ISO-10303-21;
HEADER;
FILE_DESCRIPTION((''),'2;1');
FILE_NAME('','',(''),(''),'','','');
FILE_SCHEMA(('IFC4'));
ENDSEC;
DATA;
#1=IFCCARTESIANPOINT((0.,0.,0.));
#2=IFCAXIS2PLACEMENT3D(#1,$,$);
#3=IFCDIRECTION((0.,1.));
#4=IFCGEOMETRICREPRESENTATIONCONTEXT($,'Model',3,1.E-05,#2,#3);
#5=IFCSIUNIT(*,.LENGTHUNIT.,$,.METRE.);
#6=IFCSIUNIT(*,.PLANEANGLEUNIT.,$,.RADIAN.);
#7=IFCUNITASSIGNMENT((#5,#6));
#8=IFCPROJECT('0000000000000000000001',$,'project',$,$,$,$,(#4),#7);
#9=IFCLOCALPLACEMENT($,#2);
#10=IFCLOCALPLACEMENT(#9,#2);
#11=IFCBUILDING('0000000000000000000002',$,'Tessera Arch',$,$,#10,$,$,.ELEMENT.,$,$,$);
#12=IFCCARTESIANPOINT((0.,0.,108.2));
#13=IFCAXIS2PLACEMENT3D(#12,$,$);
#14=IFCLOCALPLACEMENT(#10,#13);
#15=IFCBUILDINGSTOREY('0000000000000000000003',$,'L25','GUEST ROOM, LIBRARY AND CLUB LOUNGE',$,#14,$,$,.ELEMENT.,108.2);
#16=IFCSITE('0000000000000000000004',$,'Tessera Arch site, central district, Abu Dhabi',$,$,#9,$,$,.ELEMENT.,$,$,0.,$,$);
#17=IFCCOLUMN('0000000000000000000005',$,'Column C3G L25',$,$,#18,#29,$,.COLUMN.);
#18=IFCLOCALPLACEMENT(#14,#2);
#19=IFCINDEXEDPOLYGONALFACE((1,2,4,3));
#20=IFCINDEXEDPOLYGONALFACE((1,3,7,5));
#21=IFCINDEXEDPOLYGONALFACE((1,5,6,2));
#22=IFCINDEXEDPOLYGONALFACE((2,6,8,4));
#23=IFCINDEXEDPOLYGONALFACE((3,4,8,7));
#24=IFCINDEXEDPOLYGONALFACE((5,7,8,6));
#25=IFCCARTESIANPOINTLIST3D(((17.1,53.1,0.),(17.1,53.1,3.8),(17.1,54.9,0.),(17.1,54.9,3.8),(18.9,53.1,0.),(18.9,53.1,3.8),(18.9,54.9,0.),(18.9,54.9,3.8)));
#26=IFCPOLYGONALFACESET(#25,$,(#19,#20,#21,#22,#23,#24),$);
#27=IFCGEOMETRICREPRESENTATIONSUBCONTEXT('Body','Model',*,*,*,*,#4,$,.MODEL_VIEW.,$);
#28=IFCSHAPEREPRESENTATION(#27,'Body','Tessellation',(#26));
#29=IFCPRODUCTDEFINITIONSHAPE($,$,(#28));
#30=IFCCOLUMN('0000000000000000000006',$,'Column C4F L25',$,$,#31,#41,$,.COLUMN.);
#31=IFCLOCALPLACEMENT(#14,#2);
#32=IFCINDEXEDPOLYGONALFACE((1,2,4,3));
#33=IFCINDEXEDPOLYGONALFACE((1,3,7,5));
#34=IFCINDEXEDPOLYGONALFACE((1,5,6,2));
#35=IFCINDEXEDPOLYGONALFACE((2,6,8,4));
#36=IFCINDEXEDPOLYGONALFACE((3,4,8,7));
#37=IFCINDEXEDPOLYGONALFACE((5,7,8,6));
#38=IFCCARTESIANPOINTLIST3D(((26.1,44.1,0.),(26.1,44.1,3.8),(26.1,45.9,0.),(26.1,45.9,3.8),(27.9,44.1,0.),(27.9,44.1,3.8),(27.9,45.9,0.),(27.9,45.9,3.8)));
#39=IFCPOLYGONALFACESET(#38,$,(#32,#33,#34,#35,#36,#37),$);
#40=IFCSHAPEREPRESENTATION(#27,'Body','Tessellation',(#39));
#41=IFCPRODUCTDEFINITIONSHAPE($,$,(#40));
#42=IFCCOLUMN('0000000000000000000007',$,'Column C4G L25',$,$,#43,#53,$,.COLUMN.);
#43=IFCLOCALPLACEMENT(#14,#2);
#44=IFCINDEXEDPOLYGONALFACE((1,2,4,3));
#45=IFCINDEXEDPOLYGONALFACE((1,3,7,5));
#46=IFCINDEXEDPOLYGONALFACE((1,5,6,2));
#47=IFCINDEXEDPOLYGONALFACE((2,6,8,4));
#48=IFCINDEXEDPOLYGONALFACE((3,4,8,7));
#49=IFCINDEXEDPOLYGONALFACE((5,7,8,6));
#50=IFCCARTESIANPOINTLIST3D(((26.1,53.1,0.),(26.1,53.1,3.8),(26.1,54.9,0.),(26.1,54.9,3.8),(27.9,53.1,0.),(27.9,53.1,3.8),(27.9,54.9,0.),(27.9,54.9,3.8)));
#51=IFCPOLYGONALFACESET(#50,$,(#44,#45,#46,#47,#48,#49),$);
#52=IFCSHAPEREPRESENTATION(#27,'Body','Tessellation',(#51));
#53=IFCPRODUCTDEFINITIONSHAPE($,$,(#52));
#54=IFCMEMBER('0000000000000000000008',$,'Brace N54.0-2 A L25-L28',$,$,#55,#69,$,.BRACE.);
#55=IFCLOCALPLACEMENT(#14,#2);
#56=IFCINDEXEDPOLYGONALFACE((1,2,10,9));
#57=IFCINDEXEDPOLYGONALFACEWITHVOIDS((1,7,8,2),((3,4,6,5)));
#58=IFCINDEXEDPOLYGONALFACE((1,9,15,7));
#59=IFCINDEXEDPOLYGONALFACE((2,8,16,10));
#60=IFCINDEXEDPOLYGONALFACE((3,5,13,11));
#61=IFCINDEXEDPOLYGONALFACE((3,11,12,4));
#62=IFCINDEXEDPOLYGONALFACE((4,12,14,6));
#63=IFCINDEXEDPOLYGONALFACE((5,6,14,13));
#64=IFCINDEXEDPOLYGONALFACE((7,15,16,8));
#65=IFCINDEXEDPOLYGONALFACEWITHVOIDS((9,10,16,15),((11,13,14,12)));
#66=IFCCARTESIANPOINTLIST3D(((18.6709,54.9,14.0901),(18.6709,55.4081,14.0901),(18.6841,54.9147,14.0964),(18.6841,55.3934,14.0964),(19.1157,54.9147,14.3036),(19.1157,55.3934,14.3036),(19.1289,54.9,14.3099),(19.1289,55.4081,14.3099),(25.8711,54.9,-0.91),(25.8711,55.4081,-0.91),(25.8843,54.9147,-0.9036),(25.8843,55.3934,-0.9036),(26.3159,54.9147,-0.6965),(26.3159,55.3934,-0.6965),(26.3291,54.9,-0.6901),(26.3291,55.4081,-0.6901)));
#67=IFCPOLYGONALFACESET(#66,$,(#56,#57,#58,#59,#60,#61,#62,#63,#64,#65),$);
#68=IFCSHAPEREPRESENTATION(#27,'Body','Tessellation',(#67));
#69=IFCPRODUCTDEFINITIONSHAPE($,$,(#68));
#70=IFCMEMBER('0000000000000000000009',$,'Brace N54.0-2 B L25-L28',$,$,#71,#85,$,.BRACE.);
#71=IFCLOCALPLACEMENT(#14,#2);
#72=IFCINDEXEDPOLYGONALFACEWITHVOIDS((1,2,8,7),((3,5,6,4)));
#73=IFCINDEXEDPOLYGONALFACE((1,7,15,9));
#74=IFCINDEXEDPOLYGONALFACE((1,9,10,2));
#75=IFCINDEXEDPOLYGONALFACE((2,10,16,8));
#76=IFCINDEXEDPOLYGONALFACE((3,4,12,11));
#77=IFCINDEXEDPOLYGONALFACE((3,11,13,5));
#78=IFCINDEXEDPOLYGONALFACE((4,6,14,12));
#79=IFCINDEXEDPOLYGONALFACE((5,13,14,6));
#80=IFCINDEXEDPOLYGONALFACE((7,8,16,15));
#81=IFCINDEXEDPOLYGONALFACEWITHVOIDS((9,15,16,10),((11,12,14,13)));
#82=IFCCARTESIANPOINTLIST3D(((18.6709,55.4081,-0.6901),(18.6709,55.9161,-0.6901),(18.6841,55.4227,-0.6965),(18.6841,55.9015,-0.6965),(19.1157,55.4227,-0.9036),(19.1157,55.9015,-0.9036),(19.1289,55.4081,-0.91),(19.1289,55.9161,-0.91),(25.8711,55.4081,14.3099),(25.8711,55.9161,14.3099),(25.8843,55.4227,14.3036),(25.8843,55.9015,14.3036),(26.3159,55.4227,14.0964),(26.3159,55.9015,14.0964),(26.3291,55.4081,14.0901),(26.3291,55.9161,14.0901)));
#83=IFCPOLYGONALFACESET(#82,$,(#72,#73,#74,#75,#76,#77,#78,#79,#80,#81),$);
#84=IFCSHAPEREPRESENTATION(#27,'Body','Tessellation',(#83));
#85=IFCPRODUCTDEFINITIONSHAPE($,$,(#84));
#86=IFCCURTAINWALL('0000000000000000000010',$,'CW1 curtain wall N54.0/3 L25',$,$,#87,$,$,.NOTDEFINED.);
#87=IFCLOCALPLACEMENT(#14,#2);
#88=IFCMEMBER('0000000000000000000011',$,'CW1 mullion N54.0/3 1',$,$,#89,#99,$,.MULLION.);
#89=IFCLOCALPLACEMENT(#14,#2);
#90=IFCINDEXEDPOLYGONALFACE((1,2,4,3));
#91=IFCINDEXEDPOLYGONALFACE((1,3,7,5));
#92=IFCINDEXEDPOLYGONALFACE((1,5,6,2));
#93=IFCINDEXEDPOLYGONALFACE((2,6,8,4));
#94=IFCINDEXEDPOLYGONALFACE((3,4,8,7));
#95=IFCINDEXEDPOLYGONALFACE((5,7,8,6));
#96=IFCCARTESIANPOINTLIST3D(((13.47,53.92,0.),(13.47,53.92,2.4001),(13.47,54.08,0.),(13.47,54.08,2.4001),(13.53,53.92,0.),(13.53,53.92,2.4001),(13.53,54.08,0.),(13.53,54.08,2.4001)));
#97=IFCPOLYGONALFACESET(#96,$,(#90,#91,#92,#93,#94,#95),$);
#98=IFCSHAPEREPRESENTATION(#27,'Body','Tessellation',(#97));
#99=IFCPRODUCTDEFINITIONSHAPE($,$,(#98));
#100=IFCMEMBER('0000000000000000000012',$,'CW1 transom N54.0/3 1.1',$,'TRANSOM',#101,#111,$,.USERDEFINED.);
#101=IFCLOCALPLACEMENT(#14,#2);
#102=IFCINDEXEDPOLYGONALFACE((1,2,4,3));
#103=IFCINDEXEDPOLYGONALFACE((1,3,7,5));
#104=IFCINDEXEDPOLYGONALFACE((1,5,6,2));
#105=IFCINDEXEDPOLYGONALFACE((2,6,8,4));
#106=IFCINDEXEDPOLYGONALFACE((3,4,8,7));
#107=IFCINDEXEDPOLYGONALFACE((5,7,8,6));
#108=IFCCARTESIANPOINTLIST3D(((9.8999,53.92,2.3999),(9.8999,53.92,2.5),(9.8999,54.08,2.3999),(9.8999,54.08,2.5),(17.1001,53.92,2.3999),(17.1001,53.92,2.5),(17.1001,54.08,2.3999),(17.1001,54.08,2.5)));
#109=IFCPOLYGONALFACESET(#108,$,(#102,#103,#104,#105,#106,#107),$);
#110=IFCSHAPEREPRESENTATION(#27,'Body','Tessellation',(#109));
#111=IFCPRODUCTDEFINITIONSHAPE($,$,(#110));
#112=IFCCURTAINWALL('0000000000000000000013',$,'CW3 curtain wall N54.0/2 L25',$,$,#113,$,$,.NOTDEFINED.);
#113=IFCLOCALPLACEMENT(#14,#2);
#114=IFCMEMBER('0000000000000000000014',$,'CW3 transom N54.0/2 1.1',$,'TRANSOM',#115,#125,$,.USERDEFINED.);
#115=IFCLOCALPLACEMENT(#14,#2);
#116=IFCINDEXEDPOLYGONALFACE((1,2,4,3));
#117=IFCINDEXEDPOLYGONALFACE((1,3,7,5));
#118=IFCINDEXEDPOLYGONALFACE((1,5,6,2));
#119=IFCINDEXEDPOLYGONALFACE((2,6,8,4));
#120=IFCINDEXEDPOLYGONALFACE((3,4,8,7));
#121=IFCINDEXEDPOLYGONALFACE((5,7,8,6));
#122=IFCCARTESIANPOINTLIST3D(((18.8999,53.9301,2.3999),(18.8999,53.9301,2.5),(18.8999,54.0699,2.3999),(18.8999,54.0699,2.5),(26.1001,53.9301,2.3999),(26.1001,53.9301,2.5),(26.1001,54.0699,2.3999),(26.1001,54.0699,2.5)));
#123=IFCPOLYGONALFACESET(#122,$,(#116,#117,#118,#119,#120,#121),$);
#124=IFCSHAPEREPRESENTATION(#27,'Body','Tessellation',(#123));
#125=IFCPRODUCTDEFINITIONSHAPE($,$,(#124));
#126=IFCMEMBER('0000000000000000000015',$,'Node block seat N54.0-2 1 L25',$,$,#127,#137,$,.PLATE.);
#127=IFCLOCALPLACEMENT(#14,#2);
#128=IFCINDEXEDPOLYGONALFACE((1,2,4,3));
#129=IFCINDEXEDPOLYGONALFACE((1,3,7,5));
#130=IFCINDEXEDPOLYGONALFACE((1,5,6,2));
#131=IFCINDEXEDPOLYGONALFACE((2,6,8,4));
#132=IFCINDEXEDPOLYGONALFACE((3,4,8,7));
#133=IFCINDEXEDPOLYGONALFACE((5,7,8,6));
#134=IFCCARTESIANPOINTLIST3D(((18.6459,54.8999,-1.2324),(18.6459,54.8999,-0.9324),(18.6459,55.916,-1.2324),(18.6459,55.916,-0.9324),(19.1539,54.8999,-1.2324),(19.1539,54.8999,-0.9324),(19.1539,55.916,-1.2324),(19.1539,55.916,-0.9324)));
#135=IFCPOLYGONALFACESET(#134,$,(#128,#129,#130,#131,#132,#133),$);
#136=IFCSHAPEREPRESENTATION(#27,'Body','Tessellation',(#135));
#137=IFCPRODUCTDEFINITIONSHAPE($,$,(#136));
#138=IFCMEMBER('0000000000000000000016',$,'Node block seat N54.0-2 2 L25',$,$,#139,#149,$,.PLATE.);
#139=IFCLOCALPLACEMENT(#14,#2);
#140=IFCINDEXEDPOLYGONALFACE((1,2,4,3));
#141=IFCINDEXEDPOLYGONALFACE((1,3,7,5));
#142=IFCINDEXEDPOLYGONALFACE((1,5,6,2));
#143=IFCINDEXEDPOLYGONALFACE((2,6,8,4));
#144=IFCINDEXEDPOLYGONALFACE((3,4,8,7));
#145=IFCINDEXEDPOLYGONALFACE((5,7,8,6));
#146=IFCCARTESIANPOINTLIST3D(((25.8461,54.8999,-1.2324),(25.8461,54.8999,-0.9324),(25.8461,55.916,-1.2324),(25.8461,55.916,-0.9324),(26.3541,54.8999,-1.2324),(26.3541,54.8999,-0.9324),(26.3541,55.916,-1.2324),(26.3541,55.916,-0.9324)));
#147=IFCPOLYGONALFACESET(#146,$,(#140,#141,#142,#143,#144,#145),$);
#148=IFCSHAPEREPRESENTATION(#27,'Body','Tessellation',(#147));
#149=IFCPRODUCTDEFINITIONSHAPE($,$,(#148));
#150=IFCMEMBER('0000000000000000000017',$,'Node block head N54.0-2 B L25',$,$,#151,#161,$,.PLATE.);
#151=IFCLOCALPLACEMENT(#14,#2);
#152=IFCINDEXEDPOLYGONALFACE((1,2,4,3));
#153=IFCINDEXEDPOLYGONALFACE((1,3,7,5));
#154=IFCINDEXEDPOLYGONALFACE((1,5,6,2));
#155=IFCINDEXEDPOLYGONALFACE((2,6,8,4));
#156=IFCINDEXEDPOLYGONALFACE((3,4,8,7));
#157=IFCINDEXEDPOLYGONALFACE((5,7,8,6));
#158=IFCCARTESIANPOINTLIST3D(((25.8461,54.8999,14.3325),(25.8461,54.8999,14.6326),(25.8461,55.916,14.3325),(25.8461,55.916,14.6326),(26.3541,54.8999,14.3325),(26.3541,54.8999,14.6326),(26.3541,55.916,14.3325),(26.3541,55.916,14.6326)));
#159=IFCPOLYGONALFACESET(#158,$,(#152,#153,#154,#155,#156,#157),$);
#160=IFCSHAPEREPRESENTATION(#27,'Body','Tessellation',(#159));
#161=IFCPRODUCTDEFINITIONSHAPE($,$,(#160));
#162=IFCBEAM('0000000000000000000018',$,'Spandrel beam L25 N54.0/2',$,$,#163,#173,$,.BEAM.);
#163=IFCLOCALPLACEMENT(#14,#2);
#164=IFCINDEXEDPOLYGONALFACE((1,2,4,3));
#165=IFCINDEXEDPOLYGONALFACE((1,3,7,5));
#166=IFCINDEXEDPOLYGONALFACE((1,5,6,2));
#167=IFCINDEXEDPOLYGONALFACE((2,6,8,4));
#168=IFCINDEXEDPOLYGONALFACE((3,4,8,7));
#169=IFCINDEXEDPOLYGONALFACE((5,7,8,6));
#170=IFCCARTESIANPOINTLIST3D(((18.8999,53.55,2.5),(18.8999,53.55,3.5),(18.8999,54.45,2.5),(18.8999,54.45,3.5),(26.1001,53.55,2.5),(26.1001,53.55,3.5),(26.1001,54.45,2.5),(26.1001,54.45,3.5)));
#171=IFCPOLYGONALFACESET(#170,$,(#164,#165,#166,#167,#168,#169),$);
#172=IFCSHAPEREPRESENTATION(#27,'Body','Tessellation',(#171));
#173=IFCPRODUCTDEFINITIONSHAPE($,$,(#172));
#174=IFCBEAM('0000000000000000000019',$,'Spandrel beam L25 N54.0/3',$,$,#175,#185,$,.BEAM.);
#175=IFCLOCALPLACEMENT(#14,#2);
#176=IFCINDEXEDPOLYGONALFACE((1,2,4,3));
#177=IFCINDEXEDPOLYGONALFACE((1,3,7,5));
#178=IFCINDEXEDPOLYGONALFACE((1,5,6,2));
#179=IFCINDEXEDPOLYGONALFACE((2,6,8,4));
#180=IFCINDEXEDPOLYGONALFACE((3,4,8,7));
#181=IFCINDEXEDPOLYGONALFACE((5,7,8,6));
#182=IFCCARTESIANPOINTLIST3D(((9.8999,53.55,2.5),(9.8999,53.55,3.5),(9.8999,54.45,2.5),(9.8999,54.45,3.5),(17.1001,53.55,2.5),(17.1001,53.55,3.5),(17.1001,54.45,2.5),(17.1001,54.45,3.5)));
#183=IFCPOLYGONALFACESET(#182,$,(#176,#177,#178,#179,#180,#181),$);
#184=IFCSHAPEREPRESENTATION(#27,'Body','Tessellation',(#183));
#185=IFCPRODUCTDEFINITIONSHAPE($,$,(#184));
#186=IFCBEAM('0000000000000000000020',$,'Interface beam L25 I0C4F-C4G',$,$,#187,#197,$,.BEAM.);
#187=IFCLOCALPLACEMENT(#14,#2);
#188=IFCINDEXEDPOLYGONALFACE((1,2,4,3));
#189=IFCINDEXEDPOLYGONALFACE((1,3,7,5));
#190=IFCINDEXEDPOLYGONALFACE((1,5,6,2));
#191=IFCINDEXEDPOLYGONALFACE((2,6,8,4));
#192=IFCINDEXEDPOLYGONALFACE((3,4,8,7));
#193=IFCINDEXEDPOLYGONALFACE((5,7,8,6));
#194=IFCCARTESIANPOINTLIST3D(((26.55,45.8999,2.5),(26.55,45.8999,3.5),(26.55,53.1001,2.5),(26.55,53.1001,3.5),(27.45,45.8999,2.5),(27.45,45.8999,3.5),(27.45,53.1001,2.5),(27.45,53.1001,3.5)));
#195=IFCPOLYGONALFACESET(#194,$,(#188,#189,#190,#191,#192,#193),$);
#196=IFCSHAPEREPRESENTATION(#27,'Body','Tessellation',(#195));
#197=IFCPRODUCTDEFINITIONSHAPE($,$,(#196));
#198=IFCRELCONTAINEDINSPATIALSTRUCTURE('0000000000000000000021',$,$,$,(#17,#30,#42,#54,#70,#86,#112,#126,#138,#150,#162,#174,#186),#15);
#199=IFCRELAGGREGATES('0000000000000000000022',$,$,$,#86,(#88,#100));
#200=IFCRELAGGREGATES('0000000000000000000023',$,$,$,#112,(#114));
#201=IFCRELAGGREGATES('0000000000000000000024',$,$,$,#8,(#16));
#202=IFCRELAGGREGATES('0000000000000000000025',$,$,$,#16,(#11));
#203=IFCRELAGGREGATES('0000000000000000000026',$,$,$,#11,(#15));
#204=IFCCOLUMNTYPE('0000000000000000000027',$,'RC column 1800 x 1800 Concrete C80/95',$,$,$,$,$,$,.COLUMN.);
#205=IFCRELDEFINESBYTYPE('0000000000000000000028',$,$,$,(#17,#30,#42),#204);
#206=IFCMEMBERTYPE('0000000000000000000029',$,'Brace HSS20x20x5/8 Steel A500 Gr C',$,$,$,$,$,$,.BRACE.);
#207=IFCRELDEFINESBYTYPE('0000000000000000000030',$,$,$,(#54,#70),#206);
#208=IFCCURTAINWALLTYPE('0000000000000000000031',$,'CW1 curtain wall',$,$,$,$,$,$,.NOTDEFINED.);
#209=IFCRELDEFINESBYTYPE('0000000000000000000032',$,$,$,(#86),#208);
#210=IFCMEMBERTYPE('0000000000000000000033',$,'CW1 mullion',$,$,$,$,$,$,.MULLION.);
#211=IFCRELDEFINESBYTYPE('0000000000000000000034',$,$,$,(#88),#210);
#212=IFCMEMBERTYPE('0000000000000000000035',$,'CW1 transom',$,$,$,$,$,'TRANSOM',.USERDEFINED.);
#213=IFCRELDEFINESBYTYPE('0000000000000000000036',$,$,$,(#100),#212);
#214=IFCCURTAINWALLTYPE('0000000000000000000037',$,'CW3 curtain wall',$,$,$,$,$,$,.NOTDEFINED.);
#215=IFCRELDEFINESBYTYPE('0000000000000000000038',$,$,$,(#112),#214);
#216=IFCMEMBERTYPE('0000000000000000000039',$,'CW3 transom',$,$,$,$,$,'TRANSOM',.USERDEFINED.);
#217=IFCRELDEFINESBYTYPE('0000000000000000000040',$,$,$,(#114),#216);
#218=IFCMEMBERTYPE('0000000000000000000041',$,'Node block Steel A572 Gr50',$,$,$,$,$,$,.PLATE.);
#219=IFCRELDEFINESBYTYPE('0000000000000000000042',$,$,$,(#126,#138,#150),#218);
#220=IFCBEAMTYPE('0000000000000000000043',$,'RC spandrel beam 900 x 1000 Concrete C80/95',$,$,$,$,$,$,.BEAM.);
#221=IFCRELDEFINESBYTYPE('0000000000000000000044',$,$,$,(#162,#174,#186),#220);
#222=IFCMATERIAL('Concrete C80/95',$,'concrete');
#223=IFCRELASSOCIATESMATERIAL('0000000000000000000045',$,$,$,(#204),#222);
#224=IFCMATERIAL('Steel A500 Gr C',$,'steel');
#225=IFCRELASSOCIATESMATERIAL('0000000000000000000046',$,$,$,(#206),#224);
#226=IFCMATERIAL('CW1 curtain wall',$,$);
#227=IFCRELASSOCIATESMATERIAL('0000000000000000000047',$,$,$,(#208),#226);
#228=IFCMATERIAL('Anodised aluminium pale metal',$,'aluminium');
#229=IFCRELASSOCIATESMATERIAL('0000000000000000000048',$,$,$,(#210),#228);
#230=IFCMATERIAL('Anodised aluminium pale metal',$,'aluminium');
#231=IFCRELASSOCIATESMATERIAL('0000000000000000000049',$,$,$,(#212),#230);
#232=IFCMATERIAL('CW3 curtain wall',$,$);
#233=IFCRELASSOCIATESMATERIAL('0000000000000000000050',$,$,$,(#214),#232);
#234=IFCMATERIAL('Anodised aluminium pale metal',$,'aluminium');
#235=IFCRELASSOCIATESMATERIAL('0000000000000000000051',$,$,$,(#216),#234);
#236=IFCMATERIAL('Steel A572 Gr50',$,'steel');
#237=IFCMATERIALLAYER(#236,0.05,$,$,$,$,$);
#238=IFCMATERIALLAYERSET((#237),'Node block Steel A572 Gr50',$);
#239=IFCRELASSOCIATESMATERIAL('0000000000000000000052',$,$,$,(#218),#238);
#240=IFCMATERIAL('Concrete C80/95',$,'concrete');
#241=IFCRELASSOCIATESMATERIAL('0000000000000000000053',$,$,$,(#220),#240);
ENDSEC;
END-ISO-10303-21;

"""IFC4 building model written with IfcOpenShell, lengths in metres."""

from ifc_helpers import new_model, si_unit, direction, frame, origin, origin_2d, place, context, subcontext, project, spatial, rectangle, hollow_rectangle, extrude, material, layer, layer_set, material_profile, profile_set, type_object, element, aggregate, save


model = new_model("IFC4")

# Units and contexts
model_context = context("Model", 3, precision=1e-05, world=origin(), true_north=direction((0.0, 1.0)))
body_context = subcontext(model_context, "Body", "Model", "MODEL_VIEW")
ifc_project = project(units=[si_unit("LENGTHUNIT", "METRE"), si_unit("PLANEANGLEUNIT", "RADIAN")], contexts=[model_context])

# Site, building, storey
site_placement = place(None, origin())
site = spatial("IfcSite", under=ifc_project, at=site_placement, Name="Tessera Arch site, central district, Abu Dhabi", CompositionType="ELEMENT", RefElevation=0.0)
building_placement = place(site_placement, origin())
building = spatial("IfcBuilding", under=site, at=building_placement, Name="Tessera Arch", CompositionType="ELEMENT")
storey_placement = place(building_placement, frame((0.0, 0.0, 108.2)))
storey = spatial("IfcBuildingStorey", under=building, at=storey_placement, Name="L25", Description="GUEST ROOM, LIBRARY AND CLUB LOUNGE", CompositionType="ELEMENT", Elevation=108.2)

# Columns
ifc_material_1 = material(Name="Concrete C80/95", Category="concrete")
ifc_material_profile_1 = material_profile(ifc_material_1, rectangle(XDim=1.8, YDim=1.8, at=origin_2d()), Name="RC column 1800 x 1800 Concrete C80/95")
ifc_profile_set_1 = profile_set([ifc_material_profile_1], Name="Concrete C80/95")
column_type = type_object("IfcColumnType", Name="RC column 1800 x 1800 Concrete C80/95", PredefinedType="COLUMN", material=ifc_profile_set_1)
for number, where, z_axis, x_axis, name in (
    (1, (18.0, 54.0, 0.0), (0.0, 0.0, 1.0), (1.0, 0.0, 0.0), "Column C3G L25"),
    (2, (27.0, 45.0, 0.0), (0.0, 0.0, 1.0), (1.0, 0.0, 0.0), "Column C4F L25"),
    (3, (27.0, 54.0, 0.0), (0.0, 0.0, 1.0), (1.0, 0.0, 0.0), "Column C4G L25"),
):
    element("IfcColumn", number, at=place(storey_placement, frame(where, z_axis=z_axis, x_axis=x_axis)), inside=storey, type_object=column_type, Name=name, PredefinedType="COLUMN", context=body_context, shape_type="SweptSolid", body=[
        extrude(rectangle(XDim=1.8, YDim=1.8, at=origin_2d()), origin(), (0.0, 0.0, 1.0), 3.8),
    ])

# Members
ifc_material_2 = material(Name="Steel A500 Gr C", Category="steel")
ifc_material_profile_2 = material_profile(ifc_material_2, hollow_rectangle(XDim=0.5081, YDim=0.5081, WallThickness=0.0146, at=origin_2d()), Name="HSS20x20x5/8")
ifc_profile_set_2 = profile_set([ifc_material_profile_2], Name="Steel A500 Gr C")
member_type_1 = type_object("IfcMemberType", Name="Brace HSS20x20x5/8 Steel A500 Gr C", PredefinedType="BRACE", material=ifc_profile_set_2)
for number, where, z_axis, x_axis, name in (
    (4, (26.1001, 55.1541, -0.8), (-0.432741, 0.0, 0.901518), (0.0, -1.0, 0.0), "Brace N54.0-2 A L25-L28"),
    (5, (18.8999, 55.6621, -0.8), (0.432741, 0.0, 0.901518), (0.0, 1.0, 0.0), "Brace N54.0-2 B L25-L28"),
):
    element("IfcMember", number, at=place(storey_placement, frame(where, z_axis=z_axis, x_axis=x_axis)), inside=storey, type_object=member_type_1, Name=name, PredefinedType="BRACE", context=body_context, shape_type="SweptSolid", body=[
        extrude(hollow_rectangle(XDim=0.5081, YDim=0.5081, WallThickness=0.0146, at=origin_2d()), origin(), (0.0, 0.0, 1.0), 16.6387),
    ])

# Curtain wall, members
ifc_material_3 = material(Name="CW1 curtain wall")
curtain_wall_type_1 = type_object("IfcCurtainWallType", Name="CW1 curtain wall", PredefinedType="NOTDEFINED", material=ifc_material_3)
curtain_wall_1_placement = place(storey_placement, origin())
curtain_wall_1 = element("IfcCurtainWall", 6, at=curtain_wall_1_placement, inside=storey, type_object=curtain_wall_type_1, Name="CW1 curtain wall N54.0/3 L25", PredefinedType="NOTDEFINED")
ifc_material_4 = material(Name="Anodised aluminium pale metal", Category="aluminium")
ifc_material_profile_3 = material_profile(ifc_material_4, rectangle(XDim=0.1599, YDim=0.0601, at=origin_2d()), Name="AL 60x160")
ifc_profile_set_3 = profile_set([ifc_material_profile_3], Name="Anodised aluminium pale metal")
member_type_2 = type_object("IfcMemberType", Name="CW1 mullion", PredefinedType="MULLION", material=ifc_profile_set_3)
member_1_placement = place(storey_placement, frame((13.5, 54.0, 0.0), z_axis=(0.0, 0.0, 1.0), x_axis=(0.0, -1.0, 0.0)))
member_1 = element("IfcMember", 7, at=member_1_placement, type_object=member_type_2, Name="CW1 mullion N54.0/3 1", PredefinedType="MULLION", context=body_context, shape_type="SweptSolid", body=[
    extrude(rectangle(XDim=0.1599, YDim=0.0601, at=origin_2d()), origin(), (0.0, 0.0, 1.0), 2.4001),
])
ifc_material_5 = material(Name="Anodised aluminium pale metal", Category="aluminium")
ifc_material_profile_4 = material_profile(ifc_material_5, rectangle(XDim=0.1599, YDim=0.1001, at=origin_2d()), Name="AL 160x100")
ifc_profile_set_4 = profile_set([ifc_material_profile_4], Name="Anodised aluminium pale metal")
member_type_3 = type_object("IfcMemberType", Name="CW1 transom", ElementType="TRANSOM", PredefinedType="USERDEFINED", material=ifc_profile_set_4)
member_2_placement = place(storey_placement, frame((17.1001, 54.0, 2.45), z_axis=(-1.0, 0.0, 0.0), x_axis=(0.0, -1.0, 0.0)))
member_2 = element("IfcMember", 8, at=member_2_placement, type_object=member_type_3, Name="CW1 transom N54.0/3 1.1", ObjectType="TRANSOM", PredefinedType="USERDEFINED", context=body_context, shape_type="SweptSolid", body=[
    extrude(rectangle(XDim=0.1599, YDim=0.1001, at=origin_2d()), origin(), (0.0, 0.0, 1.0), 7.2002),
])

# Curtain wall, member
ifc_material_6 = material(Name="CW3 curtain wall")
curtain_wall_type_2 = type_object("IfcCurtainWallType", Name="CW3 curtain wall", PredefinedType="NOTDEFINED", material=ifc_material_6)
curtain_wall_2_placement = place(storey_placement, origin())
curtain_wall_2 = element("IfcCurtainWall", 9, at=curtain_wall_2_placement, inside=storey, type_object=curtain_wall_type_2, Name="CW3 curtain wall N54.0/2 L25", PredefinedType="NOTDEFINED")
ifc_material_7 = material(Name="Anodised aluminium pale metal", Category="aluminium")
ifc_material_profile_5 = material_profile(ifc_material_7, rectangle(XDim=0.1399, YDim=0.1001, at=origin_2d()), Name="AL 140x100")
ifc_profile_set_5 = profile_set([ifc_material_profile_5], Name="Anodised aluminium pale metal")
member_type_4 = type_object("IfcMemberType", Name="CW3 transom", ElementType="TRANSOM", PredefinedType="USERDEFINED", material=ifc_profile_set_5)
member_3_placement = place(storey_placement, frame((26.1001, 54.0, 2.45), z_axis=(-1.0, 0.0, 0.0), x_axis=(0.0, -1.0, 0.0)))
member_3 = element("IfcMember", 10, at=member_3_placement, type_object=member_type_4, Name="CW3 transom N54.0/2 1.1", ObjectType="TRANSOM", PredefinedType="USERDEFINED", context=body_context, shape_type="SweptSolid", body=[
    extrude(rectangle(XDim=0.1399, YDim=0.1001, at=origin_2d()), origin(), (0.0, 0.0, 1.0), 7.2002),
])

# Members
ifc_material_8 = material(Name="Steel A572 Gr50", Category="steel")
ifc_layer_1 = layer(ifc_material_8, 0.05)
ifc_layer_set_1 = layer_set([ifc_layer_1], Name="Node block Steel A572 Gr50")
member_type_5 = type_object("IfcMemberType", Name="Node block Steel A572 Gr50", PredefinedType="PLATE", material=ifc_layer_set_1)
for number, where, z_axis, x_axis, name in (
    (11, (18.8999, 55.408, -1.2324), (0.0, 0.0, 1.0), (-1.0, 0.0, 0.0), "Node block seat N54.0-2 1 L25"),
    (12, (26.1001, 55.408, -1.2324), (0.0, 0.0, 1.0), (-1.0, 0.0, 0.0), "Node block seat N54.0-2 2 L25"),
    (13, (26.1001, 55.408, 14.3325), (0.0, 0.0, 1.0), (-1.0, 0.0, 0.0), "Node block head N54.0-2 B L25"),
):
    element("IfcMember", number, at=place(storey_placement, frame(where, z_axis=z_axis, x_axis=x_axis)), inside=storey, type_object=member_type_5, Name=name, PredefinedType="PLATE", context=body_context, shape_type="SweptSolid", body=[
        extrude(rectangle(XDim=0.5081, YDim=1.0161, at=origin_2d()), origin(), (0.0, 0.0, 1.0), 0.3),
    ])

# Beams
ifc_material_9 = material(Name="Concrete C80/95", Category="concrete")
ifc_material_profile_6 = material_profile(ifc_material_9, rectangle(XDim=0.8999, YDim=1.0, at=origin_2d()), Name="RC spandrel beam 900 x 1000 Concrete C80/95")
ifc_profile_set_6 = profile_set([ifc_material_profile_6], Name="Concrete C80/95")
beam_type = type_object("IfcBeamType", Name="RC spandrel beam 900 x 1000 Concrete C80/95", PredefinedType="BEAM", material=ifc_profile_set_6)
for number, where, z_axis, x_axis, name in (
    (14, (26.1001, 54.0, 3.0), (-1.0, 0.0, 0.0), (0.0, -1.0, 0.0), "Spandrel beam L25 N54.0/2"),
    (15, (17.1001, 54.0, 3.0), (-1.0, 0.0, 0.0), (0.0, -1.0, 0.0), "Spandrel beam L25 N54.0/3"),
    (16, (27.0, 45.8999, 3.0), (0.0, 1.0, 0.0), (-1.0, 0.0, 0.0), "Interface beam L25 I0C4F-C4G"),
):
    element("IfcBeam", number, at=place(storey_placement, frame(where, z_axis=z_axis, x_axis=x_axis)), inside=storey, type_object=beam_type, Name=name, PredefinedType="BEAM", context=body_context, shape_type="SweptSolid", body=[
        extrude(rectangle(XDim=0.8999, YDim=1.0, at=origin_2d()), origin(), (0.0, 0.0, 1.0), 7.2002),
    ])

aggregate(curtain_wall_1, [member_1, member_2])
aggregate(curtain_wall_2, [member_3])

save(model, "model.ifc")
